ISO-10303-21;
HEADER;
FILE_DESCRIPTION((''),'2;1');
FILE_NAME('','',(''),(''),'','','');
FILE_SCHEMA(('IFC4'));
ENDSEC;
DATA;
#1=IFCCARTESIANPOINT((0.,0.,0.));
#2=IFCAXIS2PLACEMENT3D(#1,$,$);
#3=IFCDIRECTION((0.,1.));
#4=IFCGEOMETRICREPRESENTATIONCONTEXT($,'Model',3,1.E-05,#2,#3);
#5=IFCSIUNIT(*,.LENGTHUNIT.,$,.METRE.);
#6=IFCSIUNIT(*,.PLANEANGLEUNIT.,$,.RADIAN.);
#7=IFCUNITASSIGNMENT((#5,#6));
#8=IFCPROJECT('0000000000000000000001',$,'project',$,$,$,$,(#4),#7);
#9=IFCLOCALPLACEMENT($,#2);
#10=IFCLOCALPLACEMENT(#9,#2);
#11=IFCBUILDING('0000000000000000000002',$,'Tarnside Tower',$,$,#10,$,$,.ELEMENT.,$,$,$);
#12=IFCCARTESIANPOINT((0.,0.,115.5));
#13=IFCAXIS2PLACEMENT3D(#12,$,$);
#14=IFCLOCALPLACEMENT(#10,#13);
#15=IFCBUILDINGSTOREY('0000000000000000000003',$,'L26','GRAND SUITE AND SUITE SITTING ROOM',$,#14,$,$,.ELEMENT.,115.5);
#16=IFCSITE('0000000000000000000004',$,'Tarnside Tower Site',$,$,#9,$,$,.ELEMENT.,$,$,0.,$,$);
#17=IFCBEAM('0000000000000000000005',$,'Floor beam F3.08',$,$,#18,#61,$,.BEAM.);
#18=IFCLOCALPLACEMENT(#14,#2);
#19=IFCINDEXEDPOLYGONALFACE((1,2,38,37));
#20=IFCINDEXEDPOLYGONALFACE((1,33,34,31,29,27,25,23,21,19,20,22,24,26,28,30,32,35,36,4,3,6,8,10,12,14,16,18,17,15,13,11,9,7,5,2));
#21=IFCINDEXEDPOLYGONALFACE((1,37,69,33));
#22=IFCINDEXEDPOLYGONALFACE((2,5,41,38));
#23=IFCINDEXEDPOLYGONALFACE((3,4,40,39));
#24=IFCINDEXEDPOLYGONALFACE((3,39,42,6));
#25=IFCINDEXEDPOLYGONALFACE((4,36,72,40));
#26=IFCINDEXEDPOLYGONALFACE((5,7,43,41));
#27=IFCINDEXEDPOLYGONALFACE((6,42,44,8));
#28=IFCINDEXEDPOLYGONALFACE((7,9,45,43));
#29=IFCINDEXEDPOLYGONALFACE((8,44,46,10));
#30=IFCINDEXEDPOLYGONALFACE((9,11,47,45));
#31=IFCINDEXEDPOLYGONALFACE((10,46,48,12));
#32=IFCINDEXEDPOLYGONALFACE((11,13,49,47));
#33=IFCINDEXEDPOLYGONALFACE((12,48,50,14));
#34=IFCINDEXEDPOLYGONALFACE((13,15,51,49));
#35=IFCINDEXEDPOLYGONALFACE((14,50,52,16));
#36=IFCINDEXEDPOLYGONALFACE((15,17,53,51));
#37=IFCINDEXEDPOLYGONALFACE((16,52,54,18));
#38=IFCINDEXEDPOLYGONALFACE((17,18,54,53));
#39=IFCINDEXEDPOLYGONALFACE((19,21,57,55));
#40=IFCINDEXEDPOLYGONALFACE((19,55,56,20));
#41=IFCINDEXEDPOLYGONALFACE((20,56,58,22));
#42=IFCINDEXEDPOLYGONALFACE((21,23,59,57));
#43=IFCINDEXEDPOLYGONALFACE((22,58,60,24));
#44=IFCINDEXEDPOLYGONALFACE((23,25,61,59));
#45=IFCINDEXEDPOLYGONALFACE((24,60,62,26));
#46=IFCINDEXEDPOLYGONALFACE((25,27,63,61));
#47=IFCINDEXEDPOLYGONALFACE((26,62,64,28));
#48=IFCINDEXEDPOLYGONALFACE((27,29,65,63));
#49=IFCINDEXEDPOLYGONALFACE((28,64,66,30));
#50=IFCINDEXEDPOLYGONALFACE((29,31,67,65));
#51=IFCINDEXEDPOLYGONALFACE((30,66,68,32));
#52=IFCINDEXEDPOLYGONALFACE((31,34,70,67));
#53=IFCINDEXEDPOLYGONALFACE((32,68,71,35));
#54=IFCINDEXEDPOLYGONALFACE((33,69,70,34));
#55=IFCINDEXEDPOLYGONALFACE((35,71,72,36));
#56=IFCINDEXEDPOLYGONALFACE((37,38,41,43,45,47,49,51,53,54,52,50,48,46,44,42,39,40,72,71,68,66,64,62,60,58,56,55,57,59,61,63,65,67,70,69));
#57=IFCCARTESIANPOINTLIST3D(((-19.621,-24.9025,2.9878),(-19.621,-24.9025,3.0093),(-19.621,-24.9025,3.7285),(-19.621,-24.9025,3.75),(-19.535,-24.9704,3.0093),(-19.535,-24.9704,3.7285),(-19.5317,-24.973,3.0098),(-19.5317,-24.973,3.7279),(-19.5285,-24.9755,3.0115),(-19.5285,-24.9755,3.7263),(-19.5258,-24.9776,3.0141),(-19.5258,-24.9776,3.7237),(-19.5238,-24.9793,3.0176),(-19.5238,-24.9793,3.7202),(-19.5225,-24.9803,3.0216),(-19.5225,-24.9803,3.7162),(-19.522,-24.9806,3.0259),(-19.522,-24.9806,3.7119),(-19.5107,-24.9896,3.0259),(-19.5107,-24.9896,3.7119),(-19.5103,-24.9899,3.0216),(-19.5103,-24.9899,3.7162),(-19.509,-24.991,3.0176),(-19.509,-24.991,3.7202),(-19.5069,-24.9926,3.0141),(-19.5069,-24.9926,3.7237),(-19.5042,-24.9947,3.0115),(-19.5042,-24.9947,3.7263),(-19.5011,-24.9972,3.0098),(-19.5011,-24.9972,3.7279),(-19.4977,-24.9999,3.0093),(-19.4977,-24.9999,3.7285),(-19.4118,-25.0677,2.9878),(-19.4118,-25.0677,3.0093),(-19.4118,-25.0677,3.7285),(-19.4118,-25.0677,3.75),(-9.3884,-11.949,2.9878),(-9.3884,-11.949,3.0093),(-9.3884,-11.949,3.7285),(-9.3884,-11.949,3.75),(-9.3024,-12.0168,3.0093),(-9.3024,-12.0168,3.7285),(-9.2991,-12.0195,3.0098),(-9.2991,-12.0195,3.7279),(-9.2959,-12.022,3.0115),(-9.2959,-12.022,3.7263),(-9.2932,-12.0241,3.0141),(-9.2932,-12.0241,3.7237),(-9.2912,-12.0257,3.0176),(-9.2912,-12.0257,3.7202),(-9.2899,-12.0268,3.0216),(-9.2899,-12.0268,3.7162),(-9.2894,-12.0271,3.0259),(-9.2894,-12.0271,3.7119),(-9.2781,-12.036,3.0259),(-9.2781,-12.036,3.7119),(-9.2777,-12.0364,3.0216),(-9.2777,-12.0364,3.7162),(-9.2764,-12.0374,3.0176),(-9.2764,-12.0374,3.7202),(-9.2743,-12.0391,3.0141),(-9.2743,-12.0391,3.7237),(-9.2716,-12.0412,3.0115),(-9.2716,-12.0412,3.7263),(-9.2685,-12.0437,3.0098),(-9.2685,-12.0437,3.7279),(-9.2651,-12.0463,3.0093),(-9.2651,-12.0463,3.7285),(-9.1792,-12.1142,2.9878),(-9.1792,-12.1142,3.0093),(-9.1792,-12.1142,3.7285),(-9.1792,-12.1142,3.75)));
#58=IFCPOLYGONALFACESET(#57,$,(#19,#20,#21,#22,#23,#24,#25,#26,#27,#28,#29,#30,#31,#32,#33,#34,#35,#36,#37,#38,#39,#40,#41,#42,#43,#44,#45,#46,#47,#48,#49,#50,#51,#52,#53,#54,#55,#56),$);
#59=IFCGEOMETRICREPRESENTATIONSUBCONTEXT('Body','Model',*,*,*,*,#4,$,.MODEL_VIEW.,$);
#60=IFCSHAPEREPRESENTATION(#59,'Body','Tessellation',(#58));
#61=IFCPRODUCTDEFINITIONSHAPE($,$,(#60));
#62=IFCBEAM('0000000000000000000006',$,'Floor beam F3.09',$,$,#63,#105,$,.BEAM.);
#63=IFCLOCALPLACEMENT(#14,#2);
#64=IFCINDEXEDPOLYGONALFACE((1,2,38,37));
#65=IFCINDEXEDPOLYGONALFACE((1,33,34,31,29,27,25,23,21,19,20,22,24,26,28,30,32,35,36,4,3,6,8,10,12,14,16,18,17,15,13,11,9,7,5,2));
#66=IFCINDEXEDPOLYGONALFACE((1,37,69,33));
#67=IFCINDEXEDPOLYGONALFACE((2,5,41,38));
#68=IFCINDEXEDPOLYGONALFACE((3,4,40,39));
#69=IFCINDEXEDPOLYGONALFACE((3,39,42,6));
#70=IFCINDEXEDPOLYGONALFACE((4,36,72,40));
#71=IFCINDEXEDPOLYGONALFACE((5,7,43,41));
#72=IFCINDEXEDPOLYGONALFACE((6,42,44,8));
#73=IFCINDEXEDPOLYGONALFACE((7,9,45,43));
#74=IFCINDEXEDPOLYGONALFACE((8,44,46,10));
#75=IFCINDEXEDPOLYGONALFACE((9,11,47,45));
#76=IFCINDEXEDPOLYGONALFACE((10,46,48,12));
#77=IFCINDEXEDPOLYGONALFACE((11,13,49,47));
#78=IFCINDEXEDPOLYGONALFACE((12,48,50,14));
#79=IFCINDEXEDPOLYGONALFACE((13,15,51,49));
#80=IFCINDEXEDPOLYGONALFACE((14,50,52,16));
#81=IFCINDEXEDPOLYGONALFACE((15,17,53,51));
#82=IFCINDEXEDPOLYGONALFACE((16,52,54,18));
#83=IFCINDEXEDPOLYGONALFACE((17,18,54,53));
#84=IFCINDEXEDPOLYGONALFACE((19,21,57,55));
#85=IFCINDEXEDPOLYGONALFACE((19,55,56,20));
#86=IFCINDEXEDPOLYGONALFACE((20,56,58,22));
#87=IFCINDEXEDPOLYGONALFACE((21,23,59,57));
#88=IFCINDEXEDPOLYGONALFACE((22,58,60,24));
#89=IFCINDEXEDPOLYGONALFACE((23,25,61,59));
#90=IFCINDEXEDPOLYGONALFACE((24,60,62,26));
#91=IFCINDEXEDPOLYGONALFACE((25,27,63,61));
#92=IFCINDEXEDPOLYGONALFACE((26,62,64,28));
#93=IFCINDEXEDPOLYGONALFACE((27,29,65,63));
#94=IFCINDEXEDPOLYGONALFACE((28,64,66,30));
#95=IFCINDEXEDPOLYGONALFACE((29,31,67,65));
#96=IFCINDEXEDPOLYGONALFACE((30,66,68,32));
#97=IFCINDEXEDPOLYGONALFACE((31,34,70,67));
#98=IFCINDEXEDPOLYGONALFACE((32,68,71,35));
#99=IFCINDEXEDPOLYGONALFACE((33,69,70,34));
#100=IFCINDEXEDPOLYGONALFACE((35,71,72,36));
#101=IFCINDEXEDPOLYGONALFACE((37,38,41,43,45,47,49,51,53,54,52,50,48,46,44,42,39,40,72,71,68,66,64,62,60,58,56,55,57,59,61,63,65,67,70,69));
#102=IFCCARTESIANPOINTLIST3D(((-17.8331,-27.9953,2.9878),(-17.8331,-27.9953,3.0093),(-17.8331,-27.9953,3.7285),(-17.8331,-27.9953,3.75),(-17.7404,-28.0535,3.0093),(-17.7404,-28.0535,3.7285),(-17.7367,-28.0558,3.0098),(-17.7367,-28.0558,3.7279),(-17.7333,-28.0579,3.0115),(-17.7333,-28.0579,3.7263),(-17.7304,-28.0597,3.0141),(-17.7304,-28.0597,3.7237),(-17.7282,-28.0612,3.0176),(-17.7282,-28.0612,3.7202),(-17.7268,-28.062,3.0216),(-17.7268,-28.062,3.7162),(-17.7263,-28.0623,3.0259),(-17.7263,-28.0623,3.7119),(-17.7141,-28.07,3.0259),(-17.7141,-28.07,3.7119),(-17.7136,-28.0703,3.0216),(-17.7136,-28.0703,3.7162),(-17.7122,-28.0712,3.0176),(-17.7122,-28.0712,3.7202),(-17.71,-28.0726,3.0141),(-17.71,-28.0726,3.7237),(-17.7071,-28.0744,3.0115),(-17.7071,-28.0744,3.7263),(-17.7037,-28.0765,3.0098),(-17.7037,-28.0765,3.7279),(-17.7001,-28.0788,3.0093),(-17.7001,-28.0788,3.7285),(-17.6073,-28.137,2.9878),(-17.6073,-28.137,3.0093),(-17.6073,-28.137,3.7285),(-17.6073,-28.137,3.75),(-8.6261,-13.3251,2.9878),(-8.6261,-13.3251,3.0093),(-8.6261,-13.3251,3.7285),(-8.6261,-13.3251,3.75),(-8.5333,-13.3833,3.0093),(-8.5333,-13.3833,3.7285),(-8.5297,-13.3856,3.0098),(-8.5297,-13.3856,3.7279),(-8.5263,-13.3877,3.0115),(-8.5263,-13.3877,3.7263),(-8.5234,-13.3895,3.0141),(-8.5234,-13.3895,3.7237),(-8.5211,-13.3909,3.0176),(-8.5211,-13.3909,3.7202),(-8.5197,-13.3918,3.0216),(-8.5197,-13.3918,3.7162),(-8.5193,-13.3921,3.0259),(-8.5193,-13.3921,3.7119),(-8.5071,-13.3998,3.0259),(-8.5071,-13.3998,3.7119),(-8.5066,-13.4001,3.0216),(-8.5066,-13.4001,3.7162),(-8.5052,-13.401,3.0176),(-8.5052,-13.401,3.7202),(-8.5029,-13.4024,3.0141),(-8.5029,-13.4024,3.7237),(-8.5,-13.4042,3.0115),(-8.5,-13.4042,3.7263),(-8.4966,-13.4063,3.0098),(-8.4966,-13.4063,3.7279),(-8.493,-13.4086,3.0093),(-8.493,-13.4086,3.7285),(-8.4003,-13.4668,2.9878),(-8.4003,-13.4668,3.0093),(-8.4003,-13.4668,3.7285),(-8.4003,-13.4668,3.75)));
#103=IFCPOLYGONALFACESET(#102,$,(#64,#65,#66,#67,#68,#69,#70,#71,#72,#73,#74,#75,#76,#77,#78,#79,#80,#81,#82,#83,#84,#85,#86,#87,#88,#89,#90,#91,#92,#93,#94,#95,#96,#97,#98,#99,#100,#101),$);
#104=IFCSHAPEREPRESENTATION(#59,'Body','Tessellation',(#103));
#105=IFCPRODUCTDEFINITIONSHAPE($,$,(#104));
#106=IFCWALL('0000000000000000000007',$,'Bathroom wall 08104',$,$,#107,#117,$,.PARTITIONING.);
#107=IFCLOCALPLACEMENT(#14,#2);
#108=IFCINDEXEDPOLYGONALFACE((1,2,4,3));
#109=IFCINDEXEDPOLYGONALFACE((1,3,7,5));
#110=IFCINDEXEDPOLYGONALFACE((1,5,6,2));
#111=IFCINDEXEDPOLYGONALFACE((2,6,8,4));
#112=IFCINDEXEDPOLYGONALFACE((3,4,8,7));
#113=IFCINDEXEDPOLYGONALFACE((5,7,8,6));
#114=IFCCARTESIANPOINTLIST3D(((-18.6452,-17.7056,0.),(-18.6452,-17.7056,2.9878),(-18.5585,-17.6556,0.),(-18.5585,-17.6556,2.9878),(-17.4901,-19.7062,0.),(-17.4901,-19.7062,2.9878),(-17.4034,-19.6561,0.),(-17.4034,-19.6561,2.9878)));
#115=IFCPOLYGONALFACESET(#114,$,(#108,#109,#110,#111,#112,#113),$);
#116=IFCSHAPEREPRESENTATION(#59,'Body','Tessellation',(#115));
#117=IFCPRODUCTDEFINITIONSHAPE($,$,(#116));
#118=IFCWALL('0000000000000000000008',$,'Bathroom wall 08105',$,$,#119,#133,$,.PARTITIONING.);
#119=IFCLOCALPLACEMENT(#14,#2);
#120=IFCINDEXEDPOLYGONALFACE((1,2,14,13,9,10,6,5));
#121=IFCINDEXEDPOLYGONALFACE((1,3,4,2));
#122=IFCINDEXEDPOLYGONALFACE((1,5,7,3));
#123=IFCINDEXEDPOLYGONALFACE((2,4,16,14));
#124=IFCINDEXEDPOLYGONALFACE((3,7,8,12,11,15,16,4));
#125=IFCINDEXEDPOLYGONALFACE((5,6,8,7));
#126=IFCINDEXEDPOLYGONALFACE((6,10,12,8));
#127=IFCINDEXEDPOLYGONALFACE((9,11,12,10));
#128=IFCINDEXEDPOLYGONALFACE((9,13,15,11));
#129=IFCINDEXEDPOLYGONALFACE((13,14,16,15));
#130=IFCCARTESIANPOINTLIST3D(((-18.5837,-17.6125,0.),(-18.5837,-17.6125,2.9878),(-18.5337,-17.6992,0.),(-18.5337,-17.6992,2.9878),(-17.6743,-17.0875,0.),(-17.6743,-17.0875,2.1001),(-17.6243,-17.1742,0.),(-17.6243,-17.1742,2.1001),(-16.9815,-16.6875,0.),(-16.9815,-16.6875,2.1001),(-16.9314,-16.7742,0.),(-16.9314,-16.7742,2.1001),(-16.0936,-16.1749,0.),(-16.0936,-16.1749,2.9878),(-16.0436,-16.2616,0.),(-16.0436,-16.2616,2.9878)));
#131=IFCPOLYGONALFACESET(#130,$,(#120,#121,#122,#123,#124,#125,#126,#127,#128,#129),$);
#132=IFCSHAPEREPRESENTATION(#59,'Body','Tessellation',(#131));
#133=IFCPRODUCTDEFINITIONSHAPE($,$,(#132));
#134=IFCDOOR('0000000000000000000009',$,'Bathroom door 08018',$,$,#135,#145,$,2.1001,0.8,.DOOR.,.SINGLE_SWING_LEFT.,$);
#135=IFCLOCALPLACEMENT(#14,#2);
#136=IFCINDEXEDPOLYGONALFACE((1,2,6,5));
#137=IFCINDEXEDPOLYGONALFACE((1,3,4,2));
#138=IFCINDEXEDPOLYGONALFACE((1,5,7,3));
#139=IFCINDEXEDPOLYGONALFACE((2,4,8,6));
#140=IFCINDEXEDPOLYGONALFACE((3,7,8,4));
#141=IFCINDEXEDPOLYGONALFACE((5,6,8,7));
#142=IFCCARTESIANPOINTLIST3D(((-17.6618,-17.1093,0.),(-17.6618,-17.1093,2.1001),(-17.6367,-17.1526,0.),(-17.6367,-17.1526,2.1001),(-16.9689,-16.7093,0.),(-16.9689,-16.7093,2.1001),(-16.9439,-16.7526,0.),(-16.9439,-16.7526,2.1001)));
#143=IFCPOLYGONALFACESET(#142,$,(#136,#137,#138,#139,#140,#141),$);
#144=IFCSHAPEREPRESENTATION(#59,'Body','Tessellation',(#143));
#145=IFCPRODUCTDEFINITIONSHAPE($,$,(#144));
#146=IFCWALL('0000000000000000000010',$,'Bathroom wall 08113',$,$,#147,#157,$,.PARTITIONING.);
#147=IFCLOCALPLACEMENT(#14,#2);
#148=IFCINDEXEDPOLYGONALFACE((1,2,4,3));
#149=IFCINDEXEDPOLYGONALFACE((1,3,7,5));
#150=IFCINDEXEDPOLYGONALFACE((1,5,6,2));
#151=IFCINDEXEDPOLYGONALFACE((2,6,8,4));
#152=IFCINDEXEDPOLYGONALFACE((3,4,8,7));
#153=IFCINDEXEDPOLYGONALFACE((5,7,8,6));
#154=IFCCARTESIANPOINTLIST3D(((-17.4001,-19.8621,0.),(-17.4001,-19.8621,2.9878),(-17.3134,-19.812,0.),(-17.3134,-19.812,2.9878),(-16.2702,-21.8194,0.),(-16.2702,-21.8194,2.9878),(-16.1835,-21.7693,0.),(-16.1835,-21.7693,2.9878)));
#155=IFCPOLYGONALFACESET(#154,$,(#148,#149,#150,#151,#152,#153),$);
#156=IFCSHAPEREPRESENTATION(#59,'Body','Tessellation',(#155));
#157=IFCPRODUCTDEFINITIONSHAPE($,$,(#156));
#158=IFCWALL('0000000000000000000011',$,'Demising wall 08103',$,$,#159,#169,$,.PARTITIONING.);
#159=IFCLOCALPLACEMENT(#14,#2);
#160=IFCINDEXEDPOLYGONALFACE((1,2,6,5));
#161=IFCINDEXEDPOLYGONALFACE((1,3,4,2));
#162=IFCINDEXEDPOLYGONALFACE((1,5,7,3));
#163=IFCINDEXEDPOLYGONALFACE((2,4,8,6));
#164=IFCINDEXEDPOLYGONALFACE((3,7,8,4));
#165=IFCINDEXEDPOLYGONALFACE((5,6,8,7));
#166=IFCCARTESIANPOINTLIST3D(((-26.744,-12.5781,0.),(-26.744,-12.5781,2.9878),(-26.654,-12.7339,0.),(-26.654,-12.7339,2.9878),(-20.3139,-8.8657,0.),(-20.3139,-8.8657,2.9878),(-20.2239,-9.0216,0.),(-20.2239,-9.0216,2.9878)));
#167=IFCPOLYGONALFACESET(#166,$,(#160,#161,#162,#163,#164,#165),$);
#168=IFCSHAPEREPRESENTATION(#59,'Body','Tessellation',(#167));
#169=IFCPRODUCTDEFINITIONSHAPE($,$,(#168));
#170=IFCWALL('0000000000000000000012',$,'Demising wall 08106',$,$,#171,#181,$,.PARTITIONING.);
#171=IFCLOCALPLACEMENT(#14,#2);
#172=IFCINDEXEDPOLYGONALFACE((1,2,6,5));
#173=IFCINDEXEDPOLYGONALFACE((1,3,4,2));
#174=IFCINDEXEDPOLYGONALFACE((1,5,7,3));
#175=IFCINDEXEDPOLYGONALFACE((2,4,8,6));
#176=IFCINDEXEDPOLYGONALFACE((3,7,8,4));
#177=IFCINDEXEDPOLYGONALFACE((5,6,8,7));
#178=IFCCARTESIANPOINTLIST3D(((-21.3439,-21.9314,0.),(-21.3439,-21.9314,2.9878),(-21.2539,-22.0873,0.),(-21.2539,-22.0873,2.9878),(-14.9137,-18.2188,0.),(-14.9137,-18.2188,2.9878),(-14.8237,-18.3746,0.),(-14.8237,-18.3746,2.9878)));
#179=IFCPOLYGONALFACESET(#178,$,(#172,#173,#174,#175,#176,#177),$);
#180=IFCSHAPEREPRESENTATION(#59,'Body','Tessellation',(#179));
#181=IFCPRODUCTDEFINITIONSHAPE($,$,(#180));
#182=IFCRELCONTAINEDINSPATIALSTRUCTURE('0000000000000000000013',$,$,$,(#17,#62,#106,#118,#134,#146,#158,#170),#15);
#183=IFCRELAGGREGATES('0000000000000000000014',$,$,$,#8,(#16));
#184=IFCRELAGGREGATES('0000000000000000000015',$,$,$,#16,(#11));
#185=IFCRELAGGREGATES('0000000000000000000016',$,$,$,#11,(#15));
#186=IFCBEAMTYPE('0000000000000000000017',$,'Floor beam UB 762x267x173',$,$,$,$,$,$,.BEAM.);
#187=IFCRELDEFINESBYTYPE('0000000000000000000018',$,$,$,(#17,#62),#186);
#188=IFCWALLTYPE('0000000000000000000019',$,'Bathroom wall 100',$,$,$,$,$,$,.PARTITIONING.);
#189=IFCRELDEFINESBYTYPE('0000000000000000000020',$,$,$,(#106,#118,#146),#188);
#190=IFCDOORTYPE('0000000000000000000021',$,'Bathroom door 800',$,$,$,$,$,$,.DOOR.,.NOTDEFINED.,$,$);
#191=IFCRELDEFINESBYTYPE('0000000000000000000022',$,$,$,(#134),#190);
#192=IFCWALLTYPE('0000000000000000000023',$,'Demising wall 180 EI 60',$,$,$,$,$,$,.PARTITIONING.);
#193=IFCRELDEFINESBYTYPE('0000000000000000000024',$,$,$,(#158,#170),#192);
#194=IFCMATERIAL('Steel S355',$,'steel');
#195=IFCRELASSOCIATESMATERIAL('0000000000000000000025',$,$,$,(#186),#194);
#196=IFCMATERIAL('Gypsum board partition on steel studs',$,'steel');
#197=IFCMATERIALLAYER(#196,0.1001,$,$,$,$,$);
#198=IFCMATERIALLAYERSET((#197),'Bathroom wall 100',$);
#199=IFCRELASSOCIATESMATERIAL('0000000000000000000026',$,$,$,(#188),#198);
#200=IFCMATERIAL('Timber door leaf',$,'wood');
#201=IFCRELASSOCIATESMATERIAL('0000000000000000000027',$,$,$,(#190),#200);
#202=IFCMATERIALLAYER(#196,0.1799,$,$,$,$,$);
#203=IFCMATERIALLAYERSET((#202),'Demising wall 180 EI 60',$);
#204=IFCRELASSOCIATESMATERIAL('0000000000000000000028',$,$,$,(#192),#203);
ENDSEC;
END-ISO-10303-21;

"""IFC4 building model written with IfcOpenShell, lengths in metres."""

from ifc_helpers import new_model, si_unit, direction, frame, frame_2d, origin, origin_2d, place, context, subcontext, project, spatial, rectangle, i_section, extrude, material, layer, layer_set, material_profile, profile_set, type_object, element, fill, save


model = new_model("IFC4")

# Units and contexts
model_context = context("Model", 3, precision=1e-05, world=origin(), true_north=direction((0.0, 1.0)))
body_context = subcontext(model_context, "Body", "Model", "MODEL_VIEW")
ifc_project = project(units=[si_unit("LENGTHUNIT", "METRE"), si_unit("PLANEANGLEUNIT", "RADIAN")], contexts=[model_context])

# Site, building, storey
site_placement = place(None, origin())
site = spatial("IfcSite", under=ifc_project, at=site_placement, Name="Tarnside Tower Site", CompositionType="ELEMENT", RefElevation=0.0)
building_placement = place(site_placement, origin())
building = spatial("IfcBuilding", under=site, at=building_placement, Name="Tarnside Tower", CompositionType="ELEMENT")
storey_placement = place(building_placement, frame((0.0, 0.0, 115.5)))
storey = spatial("IfcBuildingStorey", under=building, at=storey_placement, Name="L26", Description="GRAND SUITE AND SUITE SITTING ROOM", CompositionType="ELEMENT", Elevation=115.5)

# Beams
ifc_material_1 = material(Name="Steel S355", Category="steel")
ifc_material_profile_1 = material_profile(ifc_material_1, i_section(OverallWidth=0.2666, OverallDepth=0.7622, WebThickness=0.0144, FlangeThickness=0.0215, FilletRadius=0.0166, at=origin_2d()), Name="UB 762x267x173")
ifc_profile_set_1 = profile_set([ifc_material_profile_1], Name="Steel S355")
beam_type_1 = type_object("IfcBeamType", Name="Floor beam UB 762x267x173", PredefinedType="BEAM", material=ifc_profile_set_1)
beam_1_placement = place(storey_placement, frame((-19.5164, -24.9851, 3.3689), z_axis=(0.619873, 0.784702, 0.0), x_axis=(-0.784702, 0.619873, 0.0)))
element("IfcBeam", 1, at=beam_1_placement, inside=storey, type_object=beam_type_1, Name="Floor beam F3.08", PredefinedType="BEAM", context=body_context, shape_type="SweptSolid", body=[
    extrude(i_section(OverallWidth=0.2666, OverallDepth=0.7622, WebThickness=0.0144, FlangeThickness=0.0215, FilletRadius=0.0166, at=origin_2d()), origin(), (0.0, 0.0, 1.0), 16.5076),
])
beam_2_placement = place(storey_placement, frame((-17.7202, -28.0662, 3.3689), z_axis=(0.531583, 0.847006, 0.0), x_axis=(-0.847006, 0.531583, 0.0)))
element("IfcBeam", 2, at=beam_2_placement, inside=storey, type_object=beam_type_1, Name="Floor beam F3.09", PredefinedType="BEAM", context=body_context, shape_type="SweptSolid", body=[
    extrude(i_section(OverallWidth=0.2666, OverallDepth=0.7622, WebThickness=0.0144, FlangeThickness=0.0215, FilletRadius=0.0166, at=origin_2d()), origin(), (0.0, 0.0, 1.0), 17.3201),
])

# Wall
ifc_material_2 = material(Name="Gypsum board partition on steel studs", Category="steel")
ifc_layer_1 = layer(ifc_material_2, 0.1001)
ifc_layer_set_1 = layer_set([ifc_layer_1], Name="Bathroom wall 100")
wall_type_1 = type_object("IfcWallType", Name="Bathroom wall 100", PredefinedType="PARTITIONING", material=ifc_layer_set_1)
wall_1_placement = place(storey_placement, frame((-17.4468, -19.6812, 0.0), z_axis=(0.0, 0.0, 1.0), x_axis=(-0.500015, 0.866017, 0.0)))
element("IfcWall", 3, at=wall_1_placement, inside=storey, type_object=wall_type_1, Name="Bathroom wall 08104", PredefinedType="PARTITIONING", context=body_context, shape_type="SweptSolid", body=[
    extrude(rectangle(XDim=2.3101, YDim=0.1001, at=frame_2d((1.155, 0.0))), origin(), (0.0, 0.0, 1.0), 2.9878),
])

# Wall, opening, door
wall_2_placement = place(storey_placement, frame((-18.5586, -17.6558, 0.0), z_axis=(0.0, 0.0, 1.0), x_axis=(0.86604, 0.499975, 0.0)))
wall_2 = element("IfcWall", 4, at=wall_2_placement, inside=storey, type_object=wall_type_1, Name="Bathroom wall 08105", PredefinedType="PARTITIONING", context=body_context, shape_type="SweptSolid", body=[
    extrude(rectangle(XDim=2.8752, YDim=0.1001, at=frame_2d((1.4375, 0.0))), origin(), (0.0, 0.0, 1.0), 2.9878),
])
opening_1_placement = place(wall_2_placement, frame((1.05, 0.0, 0.0)))
opening_1 = element("IfcOpeningElement", 5, at=opening_1_placement, cuts=wall_2, PredefinedType="OPENING", context=body_context, shape_type="SweptSolid", body=[
    extrude(rectangle(XDim=0.8, YDim=2.1001, at=frame_2d((0.3999, 1.05))), frame((0.0, 0.0601, 0.0), z_axis=(0.0, -1.0, 0.0), x_axis=(1.0, 0.0, 0.0)), (0.0, 0.0, 1.0), 0.1201),
])
ifc_material_3 = material(Name="Timber door leaf", Category="wood")
door_type_1 = type_object("IfcDoorType", Name="Bathroom door 800", OperationType="NOTDEFINED", PredefinedType="DOOR", material=ifc_material_3)
door_1_placement = place(opening_1_placement, origin())
door_1 = element("IfcDoor", 6, at=door_1_placement, inside=storey, type_object=door_type_1, Name="Bathroom door 08018", OperationType="SINGLE_SWING_LEFT", OverallHeight=2.1001, OverallWidth=0.8, PredefinedType="DOOR", context=body_context, shape_type="SweptSolid", body=[
    extrude(rectangle(XDim=0.8, YDim=2.1001, at=frame_2d((0.3999, 1.05))), frame((0.0, 0.0249, 0.0), z_axis=(0.0, -1.0, 0.0), x_axis=(1.0, 0.0, 0.0)), (0.0, 0.0, 1.0), 0.05),
])
fill(opening_1, door_1)

# Walls
wall_3_placement = place(storey_placement, frame((-17.3567, -19.8372, 0.0), z_axis=(0.0, 0.0, 1.0), x_axis=(0.49995, -0.866054, 0.0)))
element("IfcWall", 7, at=wall_3_placement, inside=storey, type_object=wall_type_1, Name="Bathroom wall 08113", PredefinedType="PARTITIONING", context=body_context, shape_type="SweptSolid", body=[
    extrude(rectangle(XDim=2.26, YDim=0.1001, at=frame_2d((1.1299, 0.0))), origin(), (0.0, 0.0, 1.0), 2.9878),
])
ifc_layer_2 = layer(ifc_material_2, 0.1799)
ifc_layer_set_2 = layer_set([ifc_layer_2], Name="Demising wall 180 EI 60")
wall_type_2 = type_object("IfcWallType", Name="Demising wall 180 EI 60", PredefinedType="PARTITIONING", material=ifc_layer_set_2)
wall_4_placement = place(storey_placement, frame((-26.699, -12.656, 0.0), z_axis=(0.0, 0.0, 1.0), x_axis=(0.866029, 0.499994, 0.0)))
element("IfcWall", 8, at=wall_4_placement, inside=storey, type_object=wall_type_2, Name="Demising wall 08103", PredefinedType="PARTITIONING", context=body_context, shape_type="SweptSolid", body=[
    extrude(rectangle(XDim=7.4248, YDim=0.1799, at=frame_2d((3.7124, 0.0))), origin(), (0.0, 0.0, 1.0), 2.9878),
])
wall_5_placement = place(storey_placement, frame((-21.2988, -22.0093, 0.0), z_axis=(0.0, 0.0, 1.0), x_axis=(0.866015, 0.500018, 0.0)))
element("IfcWall", 9, at=wall_5_placement, inside=storey, type_object=wall_type_2, Name="Demising wall 08106", PredefinedType="PARTITIONING", context=body_context, shape_type="SweptSolid", body=[
    extrude(rectangle(XDim=7.425, YDim=0.1799, at=frame_2d((3.7124, 0.0))), origin(), (0.0, 0.0, 1.0), 2.9878),
])

save(model, "model.ifc")
